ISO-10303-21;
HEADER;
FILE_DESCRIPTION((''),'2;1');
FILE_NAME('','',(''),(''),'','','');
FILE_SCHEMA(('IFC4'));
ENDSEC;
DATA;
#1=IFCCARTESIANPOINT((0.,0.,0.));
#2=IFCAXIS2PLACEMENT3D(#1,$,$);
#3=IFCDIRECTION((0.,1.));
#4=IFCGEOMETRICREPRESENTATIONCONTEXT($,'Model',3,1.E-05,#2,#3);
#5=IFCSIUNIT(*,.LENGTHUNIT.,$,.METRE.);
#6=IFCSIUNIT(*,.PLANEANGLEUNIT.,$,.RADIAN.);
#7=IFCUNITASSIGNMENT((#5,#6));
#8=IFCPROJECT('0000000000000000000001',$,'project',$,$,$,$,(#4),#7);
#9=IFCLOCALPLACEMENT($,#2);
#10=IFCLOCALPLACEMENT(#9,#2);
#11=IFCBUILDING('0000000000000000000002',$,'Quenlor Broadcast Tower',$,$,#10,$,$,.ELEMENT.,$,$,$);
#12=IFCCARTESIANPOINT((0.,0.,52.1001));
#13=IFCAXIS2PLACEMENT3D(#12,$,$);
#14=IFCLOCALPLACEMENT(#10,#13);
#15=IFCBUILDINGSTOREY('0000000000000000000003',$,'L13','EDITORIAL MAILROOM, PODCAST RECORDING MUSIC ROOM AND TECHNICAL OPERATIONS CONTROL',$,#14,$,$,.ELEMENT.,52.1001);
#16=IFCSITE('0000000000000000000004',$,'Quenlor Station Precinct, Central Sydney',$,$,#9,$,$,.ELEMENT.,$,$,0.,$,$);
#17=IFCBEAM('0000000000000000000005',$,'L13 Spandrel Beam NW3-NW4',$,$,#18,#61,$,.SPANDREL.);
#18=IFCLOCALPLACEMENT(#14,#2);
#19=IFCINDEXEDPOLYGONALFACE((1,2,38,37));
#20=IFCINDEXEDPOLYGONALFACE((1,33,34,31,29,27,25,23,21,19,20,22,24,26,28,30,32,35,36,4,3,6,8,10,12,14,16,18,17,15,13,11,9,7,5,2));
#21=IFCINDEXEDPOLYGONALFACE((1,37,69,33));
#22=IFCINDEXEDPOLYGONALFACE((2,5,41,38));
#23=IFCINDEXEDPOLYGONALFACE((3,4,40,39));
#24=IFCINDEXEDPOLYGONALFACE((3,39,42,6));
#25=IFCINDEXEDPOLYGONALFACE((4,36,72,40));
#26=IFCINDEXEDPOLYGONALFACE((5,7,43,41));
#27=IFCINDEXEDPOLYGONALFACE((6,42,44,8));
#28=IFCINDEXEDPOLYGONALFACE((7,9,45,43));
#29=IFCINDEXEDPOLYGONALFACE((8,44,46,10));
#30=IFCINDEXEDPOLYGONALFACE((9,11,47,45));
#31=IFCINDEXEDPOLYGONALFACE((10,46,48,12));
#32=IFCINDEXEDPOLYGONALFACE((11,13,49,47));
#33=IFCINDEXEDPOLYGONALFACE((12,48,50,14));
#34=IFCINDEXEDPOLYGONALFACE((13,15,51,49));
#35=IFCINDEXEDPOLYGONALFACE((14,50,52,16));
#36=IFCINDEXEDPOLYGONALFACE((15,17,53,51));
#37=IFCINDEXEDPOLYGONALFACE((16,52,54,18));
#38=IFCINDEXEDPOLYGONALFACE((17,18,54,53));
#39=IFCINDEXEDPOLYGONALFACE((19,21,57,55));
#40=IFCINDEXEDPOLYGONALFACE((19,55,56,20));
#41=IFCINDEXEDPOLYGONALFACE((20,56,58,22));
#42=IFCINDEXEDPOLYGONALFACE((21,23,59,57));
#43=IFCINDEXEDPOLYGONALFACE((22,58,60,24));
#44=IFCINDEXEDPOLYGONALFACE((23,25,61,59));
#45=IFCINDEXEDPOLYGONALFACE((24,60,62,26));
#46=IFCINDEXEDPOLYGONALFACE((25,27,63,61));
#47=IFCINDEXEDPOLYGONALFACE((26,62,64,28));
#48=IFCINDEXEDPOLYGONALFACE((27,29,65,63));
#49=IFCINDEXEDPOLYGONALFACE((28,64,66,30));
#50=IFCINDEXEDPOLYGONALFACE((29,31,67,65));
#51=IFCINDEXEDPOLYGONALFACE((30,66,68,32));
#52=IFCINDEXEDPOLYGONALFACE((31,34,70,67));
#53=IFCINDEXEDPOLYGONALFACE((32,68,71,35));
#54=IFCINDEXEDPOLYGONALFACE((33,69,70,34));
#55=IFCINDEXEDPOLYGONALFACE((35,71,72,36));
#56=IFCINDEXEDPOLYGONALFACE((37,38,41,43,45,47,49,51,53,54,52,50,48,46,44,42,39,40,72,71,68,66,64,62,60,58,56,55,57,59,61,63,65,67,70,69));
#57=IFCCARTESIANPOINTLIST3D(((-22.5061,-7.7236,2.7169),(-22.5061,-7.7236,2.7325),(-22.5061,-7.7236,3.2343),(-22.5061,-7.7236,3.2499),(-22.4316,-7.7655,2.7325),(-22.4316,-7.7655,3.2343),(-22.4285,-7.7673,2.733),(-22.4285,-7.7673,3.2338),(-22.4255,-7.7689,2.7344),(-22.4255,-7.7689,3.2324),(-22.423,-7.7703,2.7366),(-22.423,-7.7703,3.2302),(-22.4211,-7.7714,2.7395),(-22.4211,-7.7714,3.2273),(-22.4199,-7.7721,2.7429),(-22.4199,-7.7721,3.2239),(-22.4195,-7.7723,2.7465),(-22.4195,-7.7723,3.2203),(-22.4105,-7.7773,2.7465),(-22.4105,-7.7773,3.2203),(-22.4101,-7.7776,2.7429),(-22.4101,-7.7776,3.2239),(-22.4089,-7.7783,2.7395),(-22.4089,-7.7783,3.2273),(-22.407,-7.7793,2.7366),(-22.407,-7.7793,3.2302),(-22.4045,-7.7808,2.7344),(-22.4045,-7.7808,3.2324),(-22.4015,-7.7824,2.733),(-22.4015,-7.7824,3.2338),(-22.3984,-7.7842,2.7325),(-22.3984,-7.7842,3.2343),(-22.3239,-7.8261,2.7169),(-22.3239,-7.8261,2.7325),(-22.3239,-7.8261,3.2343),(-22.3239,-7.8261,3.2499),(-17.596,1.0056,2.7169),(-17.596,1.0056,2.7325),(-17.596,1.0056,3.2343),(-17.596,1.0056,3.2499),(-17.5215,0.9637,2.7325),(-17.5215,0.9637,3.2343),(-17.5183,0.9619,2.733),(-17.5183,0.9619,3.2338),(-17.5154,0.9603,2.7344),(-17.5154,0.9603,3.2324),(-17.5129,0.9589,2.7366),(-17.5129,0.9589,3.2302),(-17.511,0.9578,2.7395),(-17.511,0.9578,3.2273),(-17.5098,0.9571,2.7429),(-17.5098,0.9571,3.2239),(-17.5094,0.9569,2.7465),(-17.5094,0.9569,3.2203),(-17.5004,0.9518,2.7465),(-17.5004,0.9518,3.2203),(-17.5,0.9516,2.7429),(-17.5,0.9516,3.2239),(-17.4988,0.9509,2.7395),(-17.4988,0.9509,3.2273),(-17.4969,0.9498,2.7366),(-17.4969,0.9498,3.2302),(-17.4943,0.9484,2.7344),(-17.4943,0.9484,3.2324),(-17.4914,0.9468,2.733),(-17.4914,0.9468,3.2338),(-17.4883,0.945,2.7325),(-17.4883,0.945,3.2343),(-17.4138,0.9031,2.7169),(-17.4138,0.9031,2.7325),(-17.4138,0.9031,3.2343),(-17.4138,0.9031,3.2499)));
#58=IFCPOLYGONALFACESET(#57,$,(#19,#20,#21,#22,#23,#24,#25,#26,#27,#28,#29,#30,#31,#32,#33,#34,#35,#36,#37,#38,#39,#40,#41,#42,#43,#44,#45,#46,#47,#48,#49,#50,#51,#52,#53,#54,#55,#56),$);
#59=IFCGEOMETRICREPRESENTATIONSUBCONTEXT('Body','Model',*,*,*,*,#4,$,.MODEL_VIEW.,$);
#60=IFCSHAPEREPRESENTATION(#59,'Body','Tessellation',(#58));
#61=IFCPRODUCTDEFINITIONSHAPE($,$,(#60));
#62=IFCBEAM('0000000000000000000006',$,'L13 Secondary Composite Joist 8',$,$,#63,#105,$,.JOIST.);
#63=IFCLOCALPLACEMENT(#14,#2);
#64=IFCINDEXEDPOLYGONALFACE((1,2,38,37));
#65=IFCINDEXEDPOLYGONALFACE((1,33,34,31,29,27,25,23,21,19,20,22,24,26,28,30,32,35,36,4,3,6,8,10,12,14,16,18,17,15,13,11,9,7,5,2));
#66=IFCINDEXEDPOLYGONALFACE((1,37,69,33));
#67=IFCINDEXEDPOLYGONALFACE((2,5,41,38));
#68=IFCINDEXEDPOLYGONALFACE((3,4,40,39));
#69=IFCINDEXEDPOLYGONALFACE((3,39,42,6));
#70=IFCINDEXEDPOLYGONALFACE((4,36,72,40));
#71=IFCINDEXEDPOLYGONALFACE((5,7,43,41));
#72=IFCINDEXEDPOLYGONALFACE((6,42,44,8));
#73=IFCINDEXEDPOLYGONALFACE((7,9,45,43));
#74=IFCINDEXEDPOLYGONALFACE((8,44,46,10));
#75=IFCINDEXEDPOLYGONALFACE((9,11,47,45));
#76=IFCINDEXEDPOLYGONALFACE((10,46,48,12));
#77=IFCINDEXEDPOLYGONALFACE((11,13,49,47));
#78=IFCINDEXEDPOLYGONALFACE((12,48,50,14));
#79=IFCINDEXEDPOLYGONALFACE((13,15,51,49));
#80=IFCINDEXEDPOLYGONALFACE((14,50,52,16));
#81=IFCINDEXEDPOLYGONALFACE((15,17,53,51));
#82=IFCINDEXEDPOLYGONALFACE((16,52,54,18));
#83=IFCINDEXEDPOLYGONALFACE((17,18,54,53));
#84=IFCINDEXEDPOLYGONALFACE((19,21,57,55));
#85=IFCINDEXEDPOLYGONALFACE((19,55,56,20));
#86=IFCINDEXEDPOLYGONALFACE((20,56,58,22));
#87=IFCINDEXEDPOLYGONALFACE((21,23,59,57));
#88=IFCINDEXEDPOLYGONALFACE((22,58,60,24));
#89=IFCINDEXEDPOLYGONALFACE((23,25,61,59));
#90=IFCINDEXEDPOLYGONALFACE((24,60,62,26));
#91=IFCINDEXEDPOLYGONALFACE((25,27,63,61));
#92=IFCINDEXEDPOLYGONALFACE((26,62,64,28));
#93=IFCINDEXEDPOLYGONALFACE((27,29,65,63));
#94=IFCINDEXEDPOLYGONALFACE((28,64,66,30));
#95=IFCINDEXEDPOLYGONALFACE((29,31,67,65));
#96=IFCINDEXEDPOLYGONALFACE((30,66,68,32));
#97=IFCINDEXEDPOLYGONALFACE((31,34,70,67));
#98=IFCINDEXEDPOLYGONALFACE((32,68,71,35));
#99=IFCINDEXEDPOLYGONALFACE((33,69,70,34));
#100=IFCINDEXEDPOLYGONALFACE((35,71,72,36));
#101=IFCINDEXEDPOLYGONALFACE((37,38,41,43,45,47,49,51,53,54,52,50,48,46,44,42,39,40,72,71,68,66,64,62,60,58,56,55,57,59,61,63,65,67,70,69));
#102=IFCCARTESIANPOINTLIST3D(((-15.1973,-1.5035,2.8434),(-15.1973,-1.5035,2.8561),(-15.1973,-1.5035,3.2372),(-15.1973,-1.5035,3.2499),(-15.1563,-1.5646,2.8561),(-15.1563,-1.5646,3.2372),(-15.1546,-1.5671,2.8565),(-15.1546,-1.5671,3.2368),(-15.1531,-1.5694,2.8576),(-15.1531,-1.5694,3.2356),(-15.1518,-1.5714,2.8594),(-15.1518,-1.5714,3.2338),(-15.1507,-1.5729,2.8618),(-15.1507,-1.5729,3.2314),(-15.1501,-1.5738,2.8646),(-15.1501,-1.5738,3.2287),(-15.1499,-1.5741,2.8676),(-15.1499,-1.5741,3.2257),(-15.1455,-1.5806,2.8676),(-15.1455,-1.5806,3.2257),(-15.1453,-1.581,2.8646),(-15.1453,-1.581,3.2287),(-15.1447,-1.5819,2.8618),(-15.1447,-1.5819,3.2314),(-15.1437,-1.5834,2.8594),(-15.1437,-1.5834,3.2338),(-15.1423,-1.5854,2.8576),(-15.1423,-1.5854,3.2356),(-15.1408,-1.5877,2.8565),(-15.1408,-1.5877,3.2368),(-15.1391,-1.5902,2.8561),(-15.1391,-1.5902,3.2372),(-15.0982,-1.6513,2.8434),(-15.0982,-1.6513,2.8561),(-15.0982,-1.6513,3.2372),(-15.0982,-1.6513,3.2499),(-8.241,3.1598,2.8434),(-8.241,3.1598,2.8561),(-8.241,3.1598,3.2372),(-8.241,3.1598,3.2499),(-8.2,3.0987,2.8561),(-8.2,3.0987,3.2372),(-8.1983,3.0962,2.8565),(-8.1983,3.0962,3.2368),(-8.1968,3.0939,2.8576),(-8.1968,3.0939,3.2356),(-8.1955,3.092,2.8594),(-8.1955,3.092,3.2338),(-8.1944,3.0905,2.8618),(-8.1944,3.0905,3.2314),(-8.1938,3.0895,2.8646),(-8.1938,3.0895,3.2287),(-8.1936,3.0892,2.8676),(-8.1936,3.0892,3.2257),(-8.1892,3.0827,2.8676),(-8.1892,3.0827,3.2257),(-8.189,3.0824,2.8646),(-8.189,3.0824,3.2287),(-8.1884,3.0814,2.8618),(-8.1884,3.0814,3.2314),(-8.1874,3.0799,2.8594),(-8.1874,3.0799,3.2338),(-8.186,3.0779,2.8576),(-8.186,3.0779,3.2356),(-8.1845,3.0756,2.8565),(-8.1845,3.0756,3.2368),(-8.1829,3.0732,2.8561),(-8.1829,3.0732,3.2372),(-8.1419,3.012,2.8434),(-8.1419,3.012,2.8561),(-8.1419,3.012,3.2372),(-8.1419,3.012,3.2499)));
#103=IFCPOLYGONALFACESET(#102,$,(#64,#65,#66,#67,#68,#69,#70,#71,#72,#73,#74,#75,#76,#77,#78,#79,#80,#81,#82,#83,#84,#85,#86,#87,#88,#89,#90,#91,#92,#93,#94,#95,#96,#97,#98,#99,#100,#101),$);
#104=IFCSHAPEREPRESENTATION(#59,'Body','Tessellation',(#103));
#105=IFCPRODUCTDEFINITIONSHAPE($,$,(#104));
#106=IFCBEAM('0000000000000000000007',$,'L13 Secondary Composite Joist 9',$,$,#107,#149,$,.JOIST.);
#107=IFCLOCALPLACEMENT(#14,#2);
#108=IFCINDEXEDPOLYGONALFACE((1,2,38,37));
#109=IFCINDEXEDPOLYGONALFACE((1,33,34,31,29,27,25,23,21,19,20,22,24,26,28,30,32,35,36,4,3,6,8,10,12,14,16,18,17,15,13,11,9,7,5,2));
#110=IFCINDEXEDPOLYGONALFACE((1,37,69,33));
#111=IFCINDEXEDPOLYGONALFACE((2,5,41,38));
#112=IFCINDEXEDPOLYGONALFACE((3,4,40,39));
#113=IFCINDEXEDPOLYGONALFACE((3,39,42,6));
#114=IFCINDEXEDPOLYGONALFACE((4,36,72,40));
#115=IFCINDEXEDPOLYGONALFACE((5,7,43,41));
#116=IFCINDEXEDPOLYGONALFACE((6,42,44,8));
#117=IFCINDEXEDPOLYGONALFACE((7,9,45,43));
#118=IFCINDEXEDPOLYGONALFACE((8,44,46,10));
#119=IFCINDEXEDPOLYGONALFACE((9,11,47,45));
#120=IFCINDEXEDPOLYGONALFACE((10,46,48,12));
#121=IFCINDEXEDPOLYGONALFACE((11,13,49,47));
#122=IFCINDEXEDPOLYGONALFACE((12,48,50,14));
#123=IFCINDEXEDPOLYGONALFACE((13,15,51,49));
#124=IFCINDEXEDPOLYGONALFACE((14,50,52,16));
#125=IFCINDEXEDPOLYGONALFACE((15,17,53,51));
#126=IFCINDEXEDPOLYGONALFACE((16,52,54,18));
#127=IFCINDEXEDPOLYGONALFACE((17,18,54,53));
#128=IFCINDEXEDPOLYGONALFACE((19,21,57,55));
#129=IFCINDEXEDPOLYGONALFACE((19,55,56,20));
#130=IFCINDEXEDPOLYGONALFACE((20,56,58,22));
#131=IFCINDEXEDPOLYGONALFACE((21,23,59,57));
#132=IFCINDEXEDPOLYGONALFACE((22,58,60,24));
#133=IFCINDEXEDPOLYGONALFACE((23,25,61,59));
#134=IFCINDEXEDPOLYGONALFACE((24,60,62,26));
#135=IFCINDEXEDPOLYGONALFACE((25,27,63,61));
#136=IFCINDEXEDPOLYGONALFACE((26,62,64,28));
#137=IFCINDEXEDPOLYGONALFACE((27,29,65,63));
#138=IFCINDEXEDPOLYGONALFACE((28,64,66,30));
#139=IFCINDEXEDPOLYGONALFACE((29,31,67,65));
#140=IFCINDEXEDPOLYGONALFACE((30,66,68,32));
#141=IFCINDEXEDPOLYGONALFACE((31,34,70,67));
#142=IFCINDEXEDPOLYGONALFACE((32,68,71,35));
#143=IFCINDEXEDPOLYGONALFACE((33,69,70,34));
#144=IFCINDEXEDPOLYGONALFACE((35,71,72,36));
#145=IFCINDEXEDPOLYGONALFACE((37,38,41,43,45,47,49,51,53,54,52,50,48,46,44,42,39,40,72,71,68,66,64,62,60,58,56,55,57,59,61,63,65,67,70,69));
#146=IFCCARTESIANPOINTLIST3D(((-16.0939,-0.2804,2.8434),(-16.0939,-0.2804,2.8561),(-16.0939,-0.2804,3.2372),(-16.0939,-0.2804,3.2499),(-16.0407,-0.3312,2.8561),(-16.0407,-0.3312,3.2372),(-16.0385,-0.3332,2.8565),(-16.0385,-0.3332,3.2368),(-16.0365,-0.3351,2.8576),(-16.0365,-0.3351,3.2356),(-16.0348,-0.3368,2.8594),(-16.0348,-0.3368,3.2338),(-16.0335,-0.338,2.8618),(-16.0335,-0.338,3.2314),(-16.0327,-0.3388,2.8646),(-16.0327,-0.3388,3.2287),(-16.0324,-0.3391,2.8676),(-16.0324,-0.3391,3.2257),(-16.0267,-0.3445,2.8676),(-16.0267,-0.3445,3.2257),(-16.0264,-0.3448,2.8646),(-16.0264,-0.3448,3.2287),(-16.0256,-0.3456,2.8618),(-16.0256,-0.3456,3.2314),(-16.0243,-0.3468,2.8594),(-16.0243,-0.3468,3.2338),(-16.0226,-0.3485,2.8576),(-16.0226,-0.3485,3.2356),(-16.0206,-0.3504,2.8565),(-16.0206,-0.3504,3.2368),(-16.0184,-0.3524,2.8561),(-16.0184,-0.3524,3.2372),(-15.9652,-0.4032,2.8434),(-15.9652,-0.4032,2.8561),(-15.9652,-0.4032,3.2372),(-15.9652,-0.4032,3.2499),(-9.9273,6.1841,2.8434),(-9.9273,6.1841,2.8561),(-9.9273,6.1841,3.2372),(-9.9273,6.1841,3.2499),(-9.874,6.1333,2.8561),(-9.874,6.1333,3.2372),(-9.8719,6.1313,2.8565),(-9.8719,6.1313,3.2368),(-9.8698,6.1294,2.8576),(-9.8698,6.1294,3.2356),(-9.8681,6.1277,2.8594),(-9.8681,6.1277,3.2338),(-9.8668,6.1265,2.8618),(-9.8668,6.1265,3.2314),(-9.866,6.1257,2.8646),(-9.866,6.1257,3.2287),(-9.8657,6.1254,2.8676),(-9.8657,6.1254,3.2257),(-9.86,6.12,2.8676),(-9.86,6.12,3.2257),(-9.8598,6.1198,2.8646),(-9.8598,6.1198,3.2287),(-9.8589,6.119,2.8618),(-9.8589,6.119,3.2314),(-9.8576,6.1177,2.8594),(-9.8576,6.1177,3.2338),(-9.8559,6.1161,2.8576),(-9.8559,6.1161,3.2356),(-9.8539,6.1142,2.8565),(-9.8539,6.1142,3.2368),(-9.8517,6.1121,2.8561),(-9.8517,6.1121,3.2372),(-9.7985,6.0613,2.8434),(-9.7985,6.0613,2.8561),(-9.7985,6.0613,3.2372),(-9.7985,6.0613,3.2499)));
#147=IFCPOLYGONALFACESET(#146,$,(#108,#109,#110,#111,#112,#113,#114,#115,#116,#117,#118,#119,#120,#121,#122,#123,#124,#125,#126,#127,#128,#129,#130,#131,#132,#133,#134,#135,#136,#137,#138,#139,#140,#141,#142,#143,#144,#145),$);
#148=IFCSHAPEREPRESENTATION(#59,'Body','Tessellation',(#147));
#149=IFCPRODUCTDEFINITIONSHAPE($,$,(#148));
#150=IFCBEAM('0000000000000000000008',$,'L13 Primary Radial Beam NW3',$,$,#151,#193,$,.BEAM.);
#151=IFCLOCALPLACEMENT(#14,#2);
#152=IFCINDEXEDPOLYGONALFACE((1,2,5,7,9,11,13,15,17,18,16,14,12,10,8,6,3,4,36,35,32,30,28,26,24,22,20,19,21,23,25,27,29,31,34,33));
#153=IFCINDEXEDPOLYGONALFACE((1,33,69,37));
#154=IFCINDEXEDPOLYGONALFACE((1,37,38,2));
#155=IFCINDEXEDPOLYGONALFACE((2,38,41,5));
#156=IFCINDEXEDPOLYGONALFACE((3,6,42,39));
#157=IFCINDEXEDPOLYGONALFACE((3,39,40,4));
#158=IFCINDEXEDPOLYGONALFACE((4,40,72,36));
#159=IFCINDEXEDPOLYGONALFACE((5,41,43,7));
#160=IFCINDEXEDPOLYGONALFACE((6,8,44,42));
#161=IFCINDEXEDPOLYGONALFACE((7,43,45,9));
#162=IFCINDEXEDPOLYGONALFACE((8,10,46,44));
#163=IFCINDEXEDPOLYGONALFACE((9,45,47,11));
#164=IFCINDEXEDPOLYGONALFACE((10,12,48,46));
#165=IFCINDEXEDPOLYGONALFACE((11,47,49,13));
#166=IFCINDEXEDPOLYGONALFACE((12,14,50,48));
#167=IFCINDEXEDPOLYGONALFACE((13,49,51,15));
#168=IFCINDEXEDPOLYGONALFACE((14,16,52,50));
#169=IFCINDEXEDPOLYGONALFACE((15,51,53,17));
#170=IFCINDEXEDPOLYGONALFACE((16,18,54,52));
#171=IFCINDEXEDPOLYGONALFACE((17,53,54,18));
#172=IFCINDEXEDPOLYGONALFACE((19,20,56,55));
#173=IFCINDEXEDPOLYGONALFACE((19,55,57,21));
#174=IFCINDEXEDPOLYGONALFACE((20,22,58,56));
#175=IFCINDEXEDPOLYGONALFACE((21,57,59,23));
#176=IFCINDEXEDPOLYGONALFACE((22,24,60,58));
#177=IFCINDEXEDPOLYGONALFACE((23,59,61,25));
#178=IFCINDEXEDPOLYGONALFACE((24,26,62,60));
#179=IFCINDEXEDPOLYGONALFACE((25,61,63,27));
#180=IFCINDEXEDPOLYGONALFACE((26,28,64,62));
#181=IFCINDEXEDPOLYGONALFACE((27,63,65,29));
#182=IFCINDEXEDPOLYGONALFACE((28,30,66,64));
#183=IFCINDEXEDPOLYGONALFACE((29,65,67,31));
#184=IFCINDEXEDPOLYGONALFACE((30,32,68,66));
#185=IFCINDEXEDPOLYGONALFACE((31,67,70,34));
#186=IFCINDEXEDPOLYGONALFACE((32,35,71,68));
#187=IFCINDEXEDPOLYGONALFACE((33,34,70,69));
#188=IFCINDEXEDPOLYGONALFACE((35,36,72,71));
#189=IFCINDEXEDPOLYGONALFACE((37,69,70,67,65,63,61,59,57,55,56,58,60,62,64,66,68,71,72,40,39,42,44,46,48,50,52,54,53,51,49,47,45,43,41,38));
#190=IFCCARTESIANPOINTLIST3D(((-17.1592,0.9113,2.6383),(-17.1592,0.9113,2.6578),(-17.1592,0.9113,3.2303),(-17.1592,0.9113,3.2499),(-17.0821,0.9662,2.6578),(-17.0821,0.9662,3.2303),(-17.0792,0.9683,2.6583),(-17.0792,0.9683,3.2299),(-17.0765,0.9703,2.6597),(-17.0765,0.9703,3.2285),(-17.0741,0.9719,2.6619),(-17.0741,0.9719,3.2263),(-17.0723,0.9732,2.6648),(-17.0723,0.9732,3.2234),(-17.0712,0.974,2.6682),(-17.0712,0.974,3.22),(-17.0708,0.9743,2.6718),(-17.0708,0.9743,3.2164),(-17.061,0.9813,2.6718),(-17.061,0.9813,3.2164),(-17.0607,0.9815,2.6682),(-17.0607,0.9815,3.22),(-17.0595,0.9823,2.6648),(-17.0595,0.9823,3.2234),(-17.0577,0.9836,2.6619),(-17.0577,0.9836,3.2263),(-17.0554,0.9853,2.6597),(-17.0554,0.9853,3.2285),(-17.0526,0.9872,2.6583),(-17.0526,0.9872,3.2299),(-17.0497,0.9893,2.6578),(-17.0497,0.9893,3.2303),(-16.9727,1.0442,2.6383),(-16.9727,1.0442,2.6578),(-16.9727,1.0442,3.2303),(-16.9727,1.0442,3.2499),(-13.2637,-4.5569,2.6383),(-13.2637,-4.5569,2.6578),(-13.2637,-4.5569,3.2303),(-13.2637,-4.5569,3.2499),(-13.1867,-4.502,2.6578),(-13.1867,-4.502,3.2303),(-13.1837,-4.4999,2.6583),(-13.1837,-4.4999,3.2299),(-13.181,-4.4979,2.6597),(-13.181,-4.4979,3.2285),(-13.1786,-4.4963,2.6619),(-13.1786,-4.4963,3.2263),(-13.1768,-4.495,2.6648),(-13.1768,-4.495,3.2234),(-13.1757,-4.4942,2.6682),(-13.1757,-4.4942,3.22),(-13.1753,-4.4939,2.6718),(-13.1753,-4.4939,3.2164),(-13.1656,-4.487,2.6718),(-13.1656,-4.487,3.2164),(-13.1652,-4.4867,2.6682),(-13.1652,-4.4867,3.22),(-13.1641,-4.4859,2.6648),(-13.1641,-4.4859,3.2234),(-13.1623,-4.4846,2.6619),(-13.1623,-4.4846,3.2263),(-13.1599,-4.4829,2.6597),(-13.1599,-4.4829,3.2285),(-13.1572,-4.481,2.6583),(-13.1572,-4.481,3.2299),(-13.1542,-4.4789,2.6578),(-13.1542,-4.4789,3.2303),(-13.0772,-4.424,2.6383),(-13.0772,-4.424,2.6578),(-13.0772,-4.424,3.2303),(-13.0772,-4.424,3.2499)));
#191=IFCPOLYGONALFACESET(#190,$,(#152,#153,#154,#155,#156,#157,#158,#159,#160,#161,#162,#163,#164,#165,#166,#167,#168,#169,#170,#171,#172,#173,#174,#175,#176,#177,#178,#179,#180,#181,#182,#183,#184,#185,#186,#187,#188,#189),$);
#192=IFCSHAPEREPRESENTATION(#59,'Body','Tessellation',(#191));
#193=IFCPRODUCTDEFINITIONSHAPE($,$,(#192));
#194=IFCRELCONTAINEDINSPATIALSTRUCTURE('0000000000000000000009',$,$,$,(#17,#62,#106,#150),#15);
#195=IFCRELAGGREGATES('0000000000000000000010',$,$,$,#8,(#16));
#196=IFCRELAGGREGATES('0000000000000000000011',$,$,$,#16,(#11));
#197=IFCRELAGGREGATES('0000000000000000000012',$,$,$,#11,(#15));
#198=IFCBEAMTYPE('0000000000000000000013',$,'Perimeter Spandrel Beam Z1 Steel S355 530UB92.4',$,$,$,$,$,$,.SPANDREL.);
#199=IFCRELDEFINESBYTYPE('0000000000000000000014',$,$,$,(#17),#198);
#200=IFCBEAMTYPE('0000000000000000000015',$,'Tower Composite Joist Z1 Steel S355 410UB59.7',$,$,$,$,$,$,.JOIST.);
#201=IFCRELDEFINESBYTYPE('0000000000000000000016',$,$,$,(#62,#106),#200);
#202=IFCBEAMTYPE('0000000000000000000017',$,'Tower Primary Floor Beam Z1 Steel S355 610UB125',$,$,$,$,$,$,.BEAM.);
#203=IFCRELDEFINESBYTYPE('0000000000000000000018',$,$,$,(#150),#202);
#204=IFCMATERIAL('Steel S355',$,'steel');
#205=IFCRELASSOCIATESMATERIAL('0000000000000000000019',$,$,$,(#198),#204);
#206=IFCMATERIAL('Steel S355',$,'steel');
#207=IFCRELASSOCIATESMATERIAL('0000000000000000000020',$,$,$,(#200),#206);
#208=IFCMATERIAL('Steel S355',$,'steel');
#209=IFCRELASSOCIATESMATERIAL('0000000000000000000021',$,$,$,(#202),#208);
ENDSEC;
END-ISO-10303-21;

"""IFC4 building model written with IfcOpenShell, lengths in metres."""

from ifc_helpers import new_model, si_unit, direction, frame, origin, origin_2d, place, context, subcontext, project, spatial, i_section, extrude, material, material_profile, profile_set, type_object, element, save


model = new_model("IFC4")

# Units and contexts
model_context = context("Model", 3, precision=1e-05, world=origin(), true_north=direction((0.0, 1.0)))
body_context = subcontext(model_context, "Body", "Model", "MODEL_VIEW")
ifc_project = project(units=[si_unit("LENGTHUNIT", "METRE"), si_unit("PLANEANGLEUNIT", "RADIAN")], contexts=[model_context])

# Site, building, storey
site_placement = place(None, origin())
site = spatial("IfcSite", under=ifc_project, at=site_placement, Name="Quenlor Station Precinct, Central Sydney", CompositionType="ELEMENT", RefElevation=0.0)
building_placement = place(site_placement, origin())
building = spatial("IfcBuilding", under=site, at=building_placement, Name="Quenlor Broadcast Tower", CompositionType="ELEMENT")
storey_placement = place(building_placement, frame((0.0, 0.0, 52.1001)))
storey = spatial("IfcBuildingStorey", under=building, at=storey_placement, Name="L13", Description="EDITORIAL MAILROOM, PODCAST RECORDING MUSIC ROOM AND TECHNICAL OPERATIONS CONTROL", CompositionType="ELEMENT", Elevation=52.1001)

# Beams
ifc_material_1 = material(Name="Steel S355", Category="steel")
ifc_material_profile_1 = material_profile(ifc_material_1, i_section(OverallWidth=0.209, OverallDepth=0.533, WebThickness=0.0103, FlangeThickness=0.0156, FilletRadius=0.0139, at=origin_2d()))
ifc_profile_set_1 = profile_set([ifc_material_profile_1], Name="Steel S355 530UB92.4")
beam_type_1 = type_object("IfcBeamType", Name="Perimeter Spandrel Beam Z1 Steel S355 530UB92.4", PredefinedType="SPANDREL", material=ifc_profile_set_1)
beam_1_placement = place(storey_placement, frame((-17.5049, 0.9543, 2.9834), z_axis=(-0.490258, -0.871577, 0.0), x_axis=(0.871577, -0.490258, 0.0)))
element("IfcBeam", 1, at=beam_1_placement, inside=storey, type_object=beam_type_1, Name="L13 Spandrel Beam NW3-NW4", PredefinedType="SPANDREL", context=body_context, shape_type="SweptSolid", body=[
    extrude(i_section(OverallWidth=0.209, OverallDepth=0.533, WebThickness=0.0103, FlangeThickness=0.0156, FilletRadius=0.0139, at=origin_2d()), origin(), (0.0, 0.0, 1.0), 10.0154),
])
ifc_material_2 = material(Name="Steel S355", Category="steel")
ifc_material_profile_2 = material_profile(ifc_material_2, i_section(OverallWidth=0.178, OverallDepth=0.4065, WebThickness=0.0078, FlangeThickness=0.0127, FilletRadius=0.0115, at=origin_2d()))
ifc_profile_set_2 = profile_set([ifc_material_profile_2], Name="Steel S355 410UB59.7")
beam_type_2 = type_object("IfcBeamType", Name="Tower Composite Joist Z1 Steel S355 410UB59.7", PredefinedType="JOIST", material=ifc_profile_set_2)
beam_2_placement = place(storey_placement, frame((-15.1477, -1.5774, 3.0466), z_axis=(0.830626, 0.556831, 0.0), x_axis=(-0.556831, 0.830626, 0.0)))
element("IfcBeam", 2, at=beam_2_placement, inside=storey, type_object=beam_type_2, Name="L13 Secondary Composite Joist 8", PredefinedType="JOIST", context=body_context, shape_type="SweptSolid", body=[
    extrude(i_section(OverallWidth=0.178, OverallDepth=0.4065, WebThickness=0.0078, FlangeThickness=0.0127, FilletRadius=0.0115, at=origin_2d()), origin(), (0.0, 0.0, 1.0), 8.3748),
])
beam_3_placement = place(storey_placement, frame((-16.0295, -0.3418, 3.0466), z_axis=(0.690241, 0.723579, 0.0), x_axis=(-0.723579, 0.690241, 0.0)))
element("IfcBeam", 3, at=beam_3_placement, inside=storey, type_object=beam_type_2, Name="L13 Secondary Composite Joist 9", PredefinedType="JOIST", context=body_context, shape_type="SweptSolid", body=[
    extrude(i_section(OverallWidth=0.178, OverallDepth=0.4065, WebThickness=0.0078, FlangeThickness=0.0127, FilletRadius=0.0115, at=origin_2d()), origin(), (0.0, 0.0, 1.0), 8.9341),
])
ifc_material_3 = material(Name="Steel S355", Category="steel")
ifc_material_profile_3 = material_profile(ifc_material_3, i_section(OverallWidth=0.229, OverallDepth=0.6116, WebThickness=0.012, FlangeThickness=0.0195, FilletRadius=0.0139, at=origin_2d()))
ifc_profile_set_3 = profile_set([ifc_material_profile_3], Name="Steel S355 610UB125")
beam_type_3 = type_object("IfcBeamType", Name="Tower Primary Floor Beam Z1 Steel S355 610UB125", PredefinedType="BEAM", material=ifc_profile_set_3)
beam_4_placement = place(storey_placement, frame((-17.0659, 0.9778, 2.9441), z_axis=(0.580213, -0.814465, 0.0), x_axis=(0.814465, 0.580213, 0.0)))
element("IfcBeam", 4, at=beam_4_placement, inside=storey, type_object=beam_type_3, Name="L13 Primary Radial Beam NW3", PredefinedType="BEAM", context=body_context, shape_type="SweptSolid", body=[
    extrude(i_section(OverallWidth=0.229, OverallDepth=0.6116, WebThickness=0.012, FlangeThickness=0.0195, FilletRadius=0.0139, at=origin_2d()), origin(), (0.0, 0.0, 1.0), 6.7139),
])

save(model, "model.ifc")
